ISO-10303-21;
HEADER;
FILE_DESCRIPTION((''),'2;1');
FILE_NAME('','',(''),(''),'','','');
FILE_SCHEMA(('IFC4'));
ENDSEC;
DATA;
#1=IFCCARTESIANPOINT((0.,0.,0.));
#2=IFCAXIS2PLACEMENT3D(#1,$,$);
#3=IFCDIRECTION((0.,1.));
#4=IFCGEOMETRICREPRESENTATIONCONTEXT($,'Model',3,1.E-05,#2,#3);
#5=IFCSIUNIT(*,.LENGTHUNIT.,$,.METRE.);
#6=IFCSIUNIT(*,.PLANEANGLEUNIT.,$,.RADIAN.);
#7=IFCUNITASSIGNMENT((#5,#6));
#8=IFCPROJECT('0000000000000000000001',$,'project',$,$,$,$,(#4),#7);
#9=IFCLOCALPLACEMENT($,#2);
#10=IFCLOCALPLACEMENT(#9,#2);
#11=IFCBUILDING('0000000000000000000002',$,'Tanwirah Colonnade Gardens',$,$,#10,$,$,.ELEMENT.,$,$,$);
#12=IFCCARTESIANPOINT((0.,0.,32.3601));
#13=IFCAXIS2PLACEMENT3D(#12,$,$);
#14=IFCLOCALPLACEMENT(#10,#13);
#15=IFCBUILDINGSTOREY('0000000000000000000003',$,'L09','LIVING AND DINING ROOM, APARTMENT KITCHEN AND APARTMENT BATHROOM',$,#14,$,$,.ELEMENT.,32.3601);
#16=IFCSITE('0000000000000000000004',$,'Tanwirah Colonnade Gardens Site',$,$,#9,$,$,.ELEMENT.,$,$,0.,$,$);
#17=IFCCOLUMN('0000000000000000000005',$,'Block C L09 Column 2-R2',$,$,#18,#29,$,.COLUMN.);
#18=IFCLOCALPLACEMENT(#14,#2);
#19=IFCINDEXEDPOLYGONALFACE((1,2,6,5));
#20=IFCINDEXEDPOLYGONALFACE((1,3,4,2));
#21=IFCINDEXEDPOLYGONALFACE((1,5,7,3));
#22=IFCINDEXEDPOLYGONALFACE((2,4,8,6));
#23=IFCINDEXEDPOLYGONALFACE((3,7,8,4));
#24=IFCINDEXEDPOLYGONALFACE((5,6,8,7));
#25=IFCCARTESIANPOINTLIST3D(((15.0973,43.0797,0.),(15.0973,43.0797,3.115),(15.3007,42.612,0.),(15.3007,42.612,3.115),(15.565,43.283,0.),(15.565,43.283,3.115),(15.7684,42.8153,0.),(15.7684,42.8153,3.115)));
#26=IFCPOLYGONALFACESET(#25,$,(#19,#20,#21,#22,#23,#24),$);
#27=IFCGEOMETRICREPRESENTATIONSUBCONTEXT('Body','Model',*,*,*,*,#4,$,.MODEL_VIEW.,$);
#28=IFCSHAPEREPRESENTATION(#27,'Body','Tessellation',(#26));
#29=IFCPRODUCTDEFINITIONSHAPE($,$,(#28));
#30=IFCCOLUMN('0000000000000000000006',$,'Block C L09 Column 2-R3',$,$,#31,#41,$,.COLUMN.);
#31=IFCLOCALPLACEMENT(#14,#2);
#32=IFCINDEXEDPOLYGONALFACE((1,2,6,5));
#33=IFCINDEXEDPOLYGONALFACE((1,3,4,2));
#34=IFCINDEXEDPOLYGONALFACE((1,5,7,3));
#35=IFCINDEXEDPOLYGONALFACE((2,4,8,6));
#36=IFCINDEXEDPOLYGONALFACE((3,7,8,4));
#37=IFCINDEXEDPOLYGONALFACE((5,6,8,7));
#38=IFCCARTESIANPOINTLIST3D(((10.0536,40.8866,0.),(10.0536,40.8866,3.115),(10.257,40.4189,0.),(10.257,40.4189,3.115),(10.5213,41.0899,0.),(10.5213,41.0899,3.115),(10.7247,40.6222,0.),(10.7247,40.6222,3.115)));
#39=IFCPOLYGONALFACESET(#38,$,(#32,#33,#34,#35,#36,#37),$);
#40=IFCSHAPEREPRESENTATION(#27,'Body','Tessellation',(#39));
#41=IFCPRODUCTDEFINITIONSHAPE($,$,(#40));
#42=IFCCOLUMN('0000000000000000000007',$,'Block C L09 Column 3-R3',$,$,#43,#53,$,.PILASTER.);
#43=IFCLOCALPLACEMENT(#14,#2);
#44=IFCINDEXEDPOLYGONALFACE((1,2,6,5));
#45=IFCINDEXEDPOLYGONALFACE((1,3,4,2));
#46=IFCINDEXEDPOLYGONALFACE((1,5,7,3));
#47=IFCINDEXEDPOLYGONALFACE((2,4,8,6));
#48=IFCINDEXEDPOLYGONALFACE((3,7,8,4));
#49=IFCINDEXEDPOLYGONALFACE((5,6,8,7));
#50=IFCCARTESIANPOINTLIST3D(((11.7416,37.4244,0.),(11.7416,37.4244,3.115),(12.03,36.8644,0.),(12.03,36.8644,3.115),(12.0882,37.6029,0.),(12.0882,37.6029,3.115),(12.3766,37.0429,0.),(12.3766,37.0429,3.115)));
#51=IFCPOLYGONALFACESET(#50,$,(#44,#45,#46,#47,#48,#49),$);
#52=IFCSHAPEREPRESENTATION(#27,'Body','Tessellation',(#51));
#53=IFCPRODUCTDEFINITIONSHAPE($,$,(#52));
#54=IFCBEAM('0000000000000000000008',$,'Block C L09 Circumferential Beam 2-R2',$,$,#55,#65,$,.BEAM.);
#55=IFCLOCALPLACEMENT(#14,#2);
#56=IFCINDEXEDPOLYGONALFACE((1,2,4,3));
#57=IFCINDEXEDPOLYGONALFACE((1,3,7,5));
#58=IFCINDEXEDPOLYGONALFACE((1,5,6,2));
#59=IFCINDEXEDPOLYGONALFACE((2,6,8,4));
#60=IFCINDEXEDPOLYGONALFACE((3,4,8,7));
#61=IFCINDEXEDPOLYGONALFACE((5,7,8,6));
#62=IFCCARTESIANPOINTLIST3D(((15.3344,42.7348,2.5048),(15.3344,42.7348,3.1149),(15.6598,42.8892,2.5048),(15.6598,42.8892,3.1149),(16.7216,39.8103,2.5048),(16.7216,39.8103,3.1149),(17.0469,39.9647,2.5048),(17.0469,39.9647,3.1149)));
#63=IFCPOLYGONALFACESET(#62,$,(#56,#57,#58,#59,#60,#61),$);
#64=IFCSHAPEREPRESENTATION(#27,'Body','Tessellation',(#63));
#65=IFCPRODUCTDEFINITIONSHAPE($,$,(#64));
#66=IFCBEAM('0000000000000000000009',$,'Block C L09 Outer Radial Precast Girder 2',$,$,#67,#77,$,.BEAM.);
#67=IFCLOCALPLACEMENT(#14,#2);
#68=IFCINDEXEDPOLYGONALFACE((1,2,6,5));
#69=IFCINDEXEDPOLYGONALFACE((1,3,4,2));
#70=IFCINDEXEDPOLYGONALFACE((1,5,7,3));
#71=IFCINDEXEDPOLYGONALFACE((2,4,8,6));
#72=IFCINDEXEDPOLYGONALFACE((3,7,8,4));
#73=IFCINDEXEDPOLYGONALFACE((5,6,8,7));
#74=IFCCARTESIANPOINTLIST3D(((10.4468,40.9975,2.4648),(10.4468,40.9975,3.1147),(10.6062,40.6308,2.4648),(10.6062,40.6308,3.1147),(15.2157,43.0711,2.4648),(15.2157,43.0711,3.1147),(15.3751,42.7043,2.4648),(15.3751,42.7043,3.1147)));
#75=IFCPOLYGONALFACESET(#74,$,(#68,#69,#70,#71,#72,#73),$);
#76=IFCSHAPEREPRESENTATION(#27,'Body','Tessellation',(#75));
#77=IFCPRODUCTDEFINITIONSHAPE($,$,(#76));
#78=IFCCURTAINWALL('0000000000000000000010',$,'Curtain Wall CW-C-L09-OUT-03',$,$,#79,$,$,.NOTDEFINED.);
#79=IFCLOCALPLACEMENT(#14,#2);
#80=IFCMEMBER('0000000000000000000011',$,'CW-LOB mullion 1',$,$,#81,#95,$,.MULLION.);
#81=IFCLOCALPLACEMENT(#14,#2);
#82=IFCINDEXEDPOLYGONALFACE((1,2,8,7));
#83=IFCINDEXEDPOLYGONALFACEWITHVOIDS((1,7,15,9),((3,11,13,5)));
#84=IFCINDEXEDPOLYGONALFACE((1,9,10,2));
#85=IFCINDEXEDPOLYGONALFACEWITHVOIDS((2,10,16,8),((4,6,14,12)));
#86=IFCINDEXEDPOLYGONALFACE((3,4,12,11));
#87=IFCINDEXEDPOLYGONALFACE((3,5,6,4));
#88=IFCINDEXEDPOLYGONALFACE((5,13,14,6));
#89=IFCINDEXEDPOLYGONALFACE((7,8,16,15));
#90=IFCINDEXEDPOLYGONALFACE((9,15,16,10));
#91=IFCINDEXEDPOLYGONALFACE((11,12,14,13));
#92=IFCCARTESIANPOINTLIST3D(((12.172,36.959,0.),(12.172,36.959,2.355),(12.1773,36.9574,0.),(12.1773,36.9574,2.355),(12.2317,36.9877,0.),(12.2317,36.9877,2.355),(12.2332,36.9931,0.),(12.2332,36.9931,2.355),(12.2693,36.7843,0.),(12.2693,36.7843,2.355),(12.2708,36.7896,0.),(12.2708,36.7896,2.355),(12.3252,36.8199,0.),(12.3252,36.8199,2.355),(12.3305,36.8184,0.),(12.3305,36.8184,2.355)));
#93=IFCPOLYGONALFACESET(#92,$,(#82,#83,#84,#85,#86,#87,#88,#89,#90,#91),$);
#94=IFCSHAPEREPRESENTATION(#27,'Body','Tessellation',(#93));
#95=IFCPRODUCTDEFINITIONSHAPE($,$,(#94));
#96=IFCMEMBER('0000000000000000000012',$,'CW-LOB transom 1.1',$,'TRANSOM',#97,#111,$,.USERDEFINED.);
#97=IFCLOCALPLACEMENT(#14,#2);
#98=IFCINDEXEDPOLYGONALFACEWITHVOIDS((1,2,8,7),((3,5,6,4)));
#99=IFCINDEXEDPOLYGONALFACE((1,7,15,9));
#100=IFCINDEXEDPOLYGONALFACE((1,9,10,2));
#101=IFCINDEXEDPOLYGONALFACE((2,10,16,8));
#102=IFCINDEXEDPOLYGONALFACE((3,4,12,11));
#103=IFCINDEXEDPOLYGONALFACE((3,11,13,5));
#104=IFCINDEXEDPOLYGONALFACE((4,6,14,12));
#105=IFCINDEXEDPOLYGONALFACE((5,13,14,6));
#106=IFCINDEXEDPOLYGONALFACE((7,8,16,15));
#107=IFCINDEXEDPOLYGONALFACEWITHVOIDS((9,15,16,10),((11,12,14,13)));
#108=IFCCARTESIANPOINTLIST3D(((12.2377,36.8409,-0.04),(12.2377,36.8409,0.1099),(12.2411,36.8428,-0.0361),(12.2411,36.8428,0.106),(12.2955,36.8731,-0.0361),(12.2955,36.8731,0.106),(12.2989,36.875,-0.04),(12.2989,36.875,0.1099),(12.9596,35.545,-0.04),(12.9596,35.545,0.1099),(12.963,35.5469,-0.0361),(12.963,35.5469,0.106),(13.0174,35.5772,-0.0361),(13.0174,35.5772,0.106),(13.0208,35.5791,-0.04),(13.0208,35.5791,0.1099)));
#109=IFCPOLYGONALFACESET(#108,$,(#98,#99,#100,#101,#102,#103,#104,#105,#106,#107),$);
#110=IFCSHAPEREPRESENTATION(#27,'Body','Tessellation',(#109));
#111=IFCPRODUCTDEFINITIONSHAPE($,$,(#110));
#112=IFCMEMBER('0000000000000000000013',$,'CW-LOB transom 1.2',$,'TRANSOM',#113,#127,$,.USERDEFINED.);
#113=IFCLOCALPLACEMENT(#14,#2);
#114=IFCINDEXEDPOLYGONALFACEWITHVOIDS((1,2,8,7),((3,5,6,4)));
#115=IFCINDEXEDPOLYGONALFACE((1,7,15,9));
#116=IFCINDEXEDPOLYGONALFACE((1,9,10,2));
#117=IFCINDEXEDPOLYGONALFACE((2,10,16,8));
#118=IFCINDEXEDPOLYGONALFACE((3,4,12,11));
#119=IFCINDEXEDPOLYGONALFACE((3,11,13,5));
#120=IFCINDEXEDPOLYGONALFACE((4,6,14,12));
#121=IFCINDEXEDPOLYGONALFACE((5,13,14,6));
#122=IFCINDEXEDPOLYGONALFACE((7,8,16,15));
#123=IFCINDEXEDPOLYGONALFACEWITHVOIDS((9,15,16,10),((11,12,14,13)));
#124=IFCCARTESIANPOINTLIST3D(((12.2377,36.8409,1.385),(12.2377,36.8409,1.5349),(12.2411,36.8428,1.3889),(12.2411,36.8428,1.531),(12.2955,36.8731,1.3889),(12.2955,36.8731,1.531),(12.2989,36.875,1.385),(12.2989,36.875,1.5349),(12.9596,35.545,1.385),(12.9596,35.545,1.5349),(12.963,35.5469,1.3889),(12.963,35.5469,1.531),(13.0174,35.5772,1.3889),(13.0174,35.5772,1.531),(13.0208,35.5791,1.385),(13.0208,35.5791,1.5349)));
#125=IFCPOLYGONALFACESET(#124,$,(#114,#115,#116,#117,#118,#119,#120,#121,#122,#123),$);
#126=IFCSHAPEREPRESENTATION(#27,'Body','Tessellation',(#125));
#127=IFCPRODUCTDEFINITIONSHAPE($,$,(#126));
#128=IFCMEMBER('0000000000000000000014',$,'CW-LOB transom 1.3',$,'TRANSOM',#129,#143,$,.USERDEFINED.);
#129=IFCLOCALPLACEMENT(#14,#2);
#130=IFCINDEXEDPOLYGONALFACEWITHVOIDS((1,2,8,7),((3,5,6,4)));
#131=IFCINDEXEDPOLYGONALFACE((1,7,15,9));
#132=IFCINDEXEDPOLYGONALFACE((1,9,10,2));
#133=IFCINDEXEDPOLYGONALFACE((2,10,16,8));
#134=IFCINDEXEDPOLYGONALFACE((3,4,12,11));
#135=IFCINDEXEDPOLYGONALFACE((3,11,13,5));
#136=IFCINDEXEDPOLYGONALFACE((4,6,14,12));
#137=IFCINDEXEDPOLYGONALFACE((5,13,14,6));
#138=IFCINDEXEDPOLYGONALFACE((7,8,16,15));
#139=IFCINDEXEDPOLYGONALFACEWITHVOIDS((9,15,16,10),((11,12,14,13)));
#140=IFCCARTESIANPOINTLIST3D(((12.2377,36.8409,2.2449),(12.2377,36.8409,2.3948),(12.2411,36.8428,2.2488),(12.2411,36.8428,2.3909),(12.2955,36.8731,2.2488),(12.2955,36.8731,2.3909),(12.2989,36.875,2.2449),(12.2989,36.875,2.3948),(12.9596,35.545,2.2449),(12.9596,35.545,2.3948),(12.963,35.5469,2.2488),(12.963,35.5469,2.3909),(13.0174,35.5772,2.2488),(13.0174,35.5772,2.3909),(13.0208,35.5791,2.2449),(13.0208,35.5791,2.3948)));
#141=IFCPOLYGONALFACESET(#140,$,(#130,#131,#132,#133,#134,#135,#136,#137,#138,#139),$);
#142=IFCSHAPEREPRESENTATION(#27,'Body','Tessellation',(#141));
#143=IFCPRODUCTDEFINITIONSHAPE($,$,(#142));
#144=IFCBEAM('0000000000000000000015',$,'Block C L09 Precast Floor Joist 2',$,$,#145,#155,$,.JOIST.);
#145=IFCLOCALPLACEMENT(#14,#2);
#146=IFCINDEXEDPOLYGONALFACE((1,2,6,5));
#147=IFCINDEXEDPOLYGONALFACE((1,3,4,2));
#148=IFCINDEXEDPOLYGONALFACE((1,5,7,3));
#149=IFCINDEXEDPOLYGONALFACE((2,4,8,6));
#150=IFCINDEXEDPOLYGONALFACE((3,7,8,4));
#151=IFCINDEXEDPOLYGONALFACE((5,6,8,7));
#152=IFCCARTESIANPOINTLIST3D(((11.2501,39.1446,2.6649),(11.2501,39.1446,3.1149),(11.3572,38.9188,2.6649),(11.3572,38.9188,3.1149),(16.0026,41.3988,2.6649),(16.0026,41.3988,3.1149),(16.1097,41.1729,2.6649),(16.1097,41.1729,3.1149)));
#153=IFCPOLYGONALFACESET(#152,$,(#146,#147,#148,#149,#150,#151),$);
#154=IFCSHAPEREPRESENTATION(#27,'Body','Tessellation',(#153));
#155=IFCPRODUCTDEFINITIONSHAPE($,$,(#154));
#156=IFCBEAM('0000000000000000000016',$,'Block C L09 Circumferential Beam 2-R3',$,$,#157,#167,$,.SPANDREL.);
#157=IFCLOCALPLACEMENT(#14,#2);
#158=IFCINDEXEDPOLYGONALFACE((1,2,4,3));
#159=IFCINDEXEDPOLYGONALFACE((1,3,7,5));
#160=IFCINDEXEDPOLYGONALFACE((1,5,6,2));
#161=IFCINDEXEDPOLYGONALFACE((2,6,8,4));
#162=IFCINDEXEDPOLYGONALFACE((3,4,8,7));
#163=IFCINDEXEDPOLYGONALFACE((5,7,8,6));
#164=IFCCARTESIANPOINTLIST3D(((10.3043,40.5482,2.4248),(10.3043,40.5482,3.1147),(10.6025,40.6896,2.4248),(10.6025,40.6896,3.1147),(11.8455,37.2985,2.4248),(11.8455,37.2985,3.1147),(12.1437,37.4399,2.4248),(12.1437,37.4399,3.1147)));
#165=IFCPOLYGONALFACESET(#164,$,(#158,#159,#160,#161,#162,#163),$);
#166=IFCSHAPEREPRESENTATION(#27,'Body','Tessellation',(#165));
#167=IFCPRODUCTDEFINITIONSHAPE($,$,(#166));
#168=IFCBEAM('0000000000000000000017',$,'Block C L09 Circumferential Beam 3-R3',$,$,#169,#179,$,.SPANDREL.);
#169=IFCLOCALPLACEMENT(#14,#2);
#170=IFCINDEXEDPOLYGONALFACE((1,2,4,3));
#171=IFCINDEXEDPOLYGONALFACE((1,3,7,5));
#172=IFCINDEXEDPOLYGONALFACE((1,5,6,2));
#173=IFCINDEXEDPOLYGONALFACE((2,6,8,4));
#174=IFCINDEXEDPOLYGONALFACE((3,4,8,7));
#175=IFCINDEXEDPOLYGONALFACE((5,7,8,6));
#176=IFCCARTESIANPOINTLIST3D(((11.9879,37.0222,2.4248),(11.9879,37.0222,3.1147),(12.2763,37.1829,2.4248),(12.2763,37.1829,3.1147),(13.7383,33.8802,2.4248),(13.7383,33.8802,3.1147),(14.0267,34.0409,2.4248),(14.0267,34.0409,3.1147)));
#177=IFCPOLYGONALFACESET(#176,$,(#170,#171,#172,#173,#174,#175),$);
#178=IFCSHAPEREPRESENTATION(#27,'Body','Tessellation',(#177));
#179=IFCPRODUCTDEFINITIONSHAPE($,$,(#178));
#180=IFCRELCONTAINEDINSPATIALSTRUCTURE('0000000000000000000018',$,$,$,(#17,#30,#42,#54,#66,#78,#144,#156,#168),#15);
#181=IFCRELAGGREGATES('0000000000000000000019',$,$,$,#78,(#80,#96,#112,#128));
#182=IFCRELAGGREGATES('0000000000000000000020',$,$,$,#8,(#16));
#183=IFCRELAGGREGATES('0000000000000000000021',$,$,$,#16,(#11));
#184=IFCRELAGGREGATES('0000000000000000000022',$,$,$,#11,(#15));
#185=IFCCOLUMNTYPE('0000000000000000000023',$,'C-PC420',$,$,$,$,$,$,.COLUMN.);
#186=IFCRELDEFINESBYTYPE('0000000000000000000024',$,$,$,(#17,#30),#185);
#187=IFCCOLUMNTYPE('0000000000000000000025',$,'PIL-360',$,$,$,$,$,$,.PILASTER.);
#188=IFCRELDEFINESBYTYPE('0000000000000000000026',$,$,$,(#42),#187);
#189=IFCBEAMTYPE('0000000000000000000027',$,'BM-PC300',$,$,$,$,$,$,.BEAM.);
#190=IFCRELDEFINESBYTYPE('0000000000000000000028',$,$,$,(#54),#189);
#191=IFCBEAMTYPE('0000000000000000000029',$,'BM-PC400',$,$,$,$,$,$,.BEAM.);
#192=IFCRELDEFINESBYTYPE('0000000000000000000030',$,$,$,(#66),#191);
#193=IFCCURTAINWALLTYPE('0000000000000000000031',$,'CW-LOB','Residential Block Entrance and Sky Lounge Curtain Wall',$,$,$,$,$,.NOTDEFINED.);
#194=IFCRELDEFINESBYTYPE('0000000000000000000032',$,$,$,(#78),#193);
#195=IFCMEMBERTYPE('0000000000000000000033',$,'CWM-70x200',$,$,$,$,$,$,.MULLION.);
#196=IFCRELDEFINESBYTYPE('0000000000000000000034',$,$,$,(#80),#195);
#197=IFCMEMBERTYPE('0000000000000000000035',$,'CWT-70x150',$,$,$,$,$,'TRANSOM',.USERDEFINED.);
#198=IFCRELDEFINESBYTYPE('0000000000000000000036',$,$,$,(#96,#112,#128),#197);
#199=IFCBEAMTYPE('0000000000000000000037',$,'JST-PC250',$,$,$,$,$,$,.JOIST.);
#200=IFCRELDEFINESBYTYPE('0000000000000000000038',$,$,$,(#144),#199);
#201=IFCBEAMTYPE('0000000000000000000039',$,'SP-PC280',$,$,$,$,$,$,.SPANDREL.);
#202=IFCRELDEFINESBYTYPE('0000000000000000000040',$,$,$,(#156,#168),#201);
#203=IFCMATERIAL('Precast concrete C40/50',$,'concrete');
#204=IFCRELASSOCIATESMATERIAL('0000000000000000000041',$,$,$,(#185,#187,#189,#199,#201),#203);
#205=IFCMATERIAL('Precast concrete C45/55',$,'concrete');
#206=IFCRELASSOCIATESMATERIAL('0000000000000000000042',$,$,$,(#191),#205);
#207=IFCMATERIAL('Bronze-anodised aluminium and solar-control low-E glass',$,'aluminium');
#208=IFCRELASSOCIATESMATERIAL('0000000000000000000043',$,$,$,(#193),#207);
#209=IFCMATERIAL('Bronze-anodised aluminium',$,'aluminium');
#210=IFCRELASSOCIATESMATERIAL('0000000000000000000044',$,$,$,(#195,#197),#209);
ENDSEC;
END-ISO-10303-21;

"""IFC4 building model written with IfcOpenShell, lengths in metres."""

from ifc_helpers import new_model, si_unit, direction, frame, origin, origin_2d, place, context, subcontext, project, spatial, rectangle, hollow_rectangle, extrude, material, material_profile, profile_set, type_object, element, aggregate, save


model = new_model("IFC4")

# Units and contexts
model_context = context("Model", 3, precision=1e-05, world=origin(), true_north=direction((0.0, 1.0)))
body_context = subcontext(model_context, "Body", "Model", "MODEL_VIEW")
ifc_project = project(units=[si_unit("LENGTHUNIT", "METRE"), si_unit("PLANEANGLEUNIT", "RADIAN")], contexts=[model_context])

# Site, building, storey
site_placement = place(None, origin())
site = spatial("IfcSite", under=ifc_project, at=site_placement, Name="Tanwirah Colonnade Gardens Site", CompositionType="ELEMENT", RefElevation=0.0)
building_placement = place(site_placement, origin())
building = spatial("IfcBuilding", under=site, at=building_placement, Name="Tanwirah Colonnade Gardens", CompositionType="ELEMENT")
storey_placement = place(building_placement, frame((0.0, 0.0, 32.3601)))
storey = spatial("IfcBuildingStorey", under=building, at=storey_placement, Name="L09", Description="LIVING AND DINING ROOM, APARTMENT KITCHEN AND APARTMENT BATHROOM", CompositionType="ELEMENT", Elevation=32.3601)

# Columns
ifc_material_1 = material(Name="Precast concrete C40/50", Category="concrete")
ifc_material_profile_1 = material_profile(ifc_material_1, rectangle(XDim=0.51, YDim=0.51, at=origin_2d()), Name="PC-COL 510x510")
ifc_profile_set_1 = profile_set([ifc_material_profile_1], Name="Precast concrete C40/50")
column_type_1 = type_object("IfcColumnType", Name="C-PC420", PredefinedType="COLUMN", material=ifc_profile_set_1)
for number, where, z_axis, x_axis, name in (
    (1, (15.4329, 42.9475, 0.0), (0.0, 0.0, 1.0), (-0.91706, -0.398749, 0.0), "Block C L09 Column 2-R2"),
    (2, (10.3892, 40.7544, 0.0), (0.0, 0.0, 1.0), (-0.91706, -0.398749, 0.0), "Block C L09 Column 2-R3"),
):
    element("IfcColumn", number, at=place(storey_placement, frame(where, z_axis=z_axis, x_axis=x_axis)), inside=storey, type_object=column_type_1, Name=name, PredefinedType="COLUMN", context=body_context, shape_type="SweptSolid", body=[
        extrude(rectangle(XDim=0.51, YDim=0.51, at=origin_2d()), origin(), (0.0, 0.0, 1.0), 3.115),
    ])
ifc_material_profile_2 = material_profile(ifc_material_1, rectangle(XDim=0.3899, YDim=0.6299, at=origin_2d()), Name="PC-PIL 390x630")
ifc_profile_set_2 = profile_set([ifc_material_profile_2], Name="Precast concrete C40/50")
column_type_2 = type_object("IfcColumnType", Name="PIL-360", PredefinedType="PILASTER", material=ifc_profile_set_2)
column_placement = place(storey_placement, frame((12.0591, 37.2336, 0.0), z_axis=(0.0, 0.0, 1.0), x_axis=(-0.889017, -0.457874, 0.0)))
element("IfcColumn", 3, at=column_placement, inside=storey, type_object=column_type_2, Name="Block C L09 Column 3-R3", PredefinedType="PILASTER", context=body_context, shape_type="SweptSolid", body=[
    extrude(rectangle(XDim=0.3899, YDim=0.6299, at=origin_2d()), origin(), (0.0, 0.0, 1.0), 3.115),
])

# Beams
ifc_material_profile_3 = material_profile(ifc_material_1, rectangle(XDim=0.3601, YDim=0.6101, at=origin_2d()), Name="PC-BM 360x610")
ifc_profile_set_3 = profile_set([ifc_material_profile_3], Name="Precast concrete C40/50")
beam_type_1 = type_object("IfcBeamType", Name="BM-PC300", PredefinedType="BEAM", material=ifc_profile_set_3)
beam_1_placement = place(storey_placement, frame((15.4971, 42.812, 2.8098), z_axis=(0.428563, -0.903512, 0.0), x_axis=(0.903512, 0.428563, 0.0)))
element("IfcBeam", 4, at=beam_1_placement, inside=storey, type_object=beam_type_1, Name="Block C L09 Circumferential Beam 2-R2", PredefinedType="BEAM", context=body_context, shape_type="SweptSolid", body=[
    extrude(rectangle(XDim=0.3601, YDim=0.6101, at=origin_2d()), origin(), (0.0, 0.0, 1.0), 3.2368),
])
ifc_material_2 = material(Name="Precast concrete C45/55", Category="concrete")
ifc_material_profile_4 = material_profile(ifc_material_2, rectangle(XDim=0.3999, YDim=0.6499, at=origin_2d()), Name="PC-BM 400x650")
ifc_profile_set_4 = profile_set([ifc_material_profile_4], Name="Precast concrete C45/55")
beam_type_2 = type_object("IfcBeamType", Name="BM-PC400", PredefinedType="BEAM", material=ifc_profile_set_4)
beam_2_placement = place(storey_placement, frame((15.2954, 42.8877, 2.7898), z_axis=(-0.917063, -0.398742, 0.0), x_axis=(0.398742, -0.917063, 0.0)))
element("IfcBeam", 5, at=beam_2_placement, inside=storey, type_object=beam_type_2, Name="Block C L09 Outer Radial Precast Girder 2", PredefinedType="BEAM", context=body_context, shape_type="SweptSolid", body=[
    extrude(rectangle(XDim=0.3999, YDim=0.6499, at=origin_2d()), origin(), (0.0, 0.0, 1.0), 5.2002),
])

# Curtain wall, members
ifc_material_3 = material(Name="Bronze-anodised aluminium and solar-control low-E glass", Category="aluminium")
curtain_wall_type = type_object("IfcCurtainWallType", Name="CW-LOB", Description="Residential Block Entrance and Sky Lounge Curtain Wall", PredefinedType="NOTDEFINED", material=ifc_material_3)
curtain_wall_placement = place(storey_placement, origin())
curtain_wall = element("IfcCurtainWall", 6, at=curtain_wall_placement, inside=storey, type_object=curtain_wall_type, Name="Curtain Wall CW-C-L09-OUT-03", PredefinedType="NOTDEFINED")
ifc_material_4 = material(Name="Bronze-anodised aluminium", Category="aluminium")
ifc_material_profile_5 = material_profile(ifc_material_4, hollow_rectangle(XDim=0.0701, YDim=0.2, WallThickness=0.0039, at=origin_2d()), Name="CW-MUL 70x200x4")
ifc_profile_set_5 = profile_set([ifc_material_profile_5], Name="Bronze-anodised aluminium")
member_type_1 = type_object("IfcMemberType", Name="CWM-70x200", PredefinedType="MULLION", material=ifc_profile_set_5)
member_1_placement = place(storey_placement, frame((12.2512, 36.8887, 0.0), z_axis=(0.0, 0.0, 1.0), x_axis=(0.873561, 0.486715, 0.0)))
member_1 = element("IfcMember", 7, at=member_1_placement, type_object=member_type_1, Name="CW-LOB mullion 1", PredefinedType="MULLION", context=body_context, shape_type="SweptSolid", body=[
    extrude(hollow_rectangle(XDim=0.0701, YDim=0.2, WallThickness=0.0039, at=origin_2d()), origin(), (0.0, 0.0, 1.0), 2.355),
])
ifc_material_profile_6 = material_profile(ifc_material_4, hollow_rectangle(XDim=0.0701, YDim=0.1499, WallThickness=0.0039, at=origin_2d()), Name="CW-TRN 70x150x4")
ifc_profile_set_6 = profile_set([ifc_material_profile_6], Name="Bronze-anodised aluminium")
member_type_2 = type_object("IfcMemberType", Name="CWT-70x150", ElementType="TRANSOM", PredefinedType="USERDEFINED", material=ifc_profile_set_6)
member_2_placement = place(storey_placement, frame((12.2683, 36.8579, 0.0349), z_axis=(0.486663, -0.87359, 0.0), x_axis=(0.87359, 0.486663, 0.0)))
member_2 = element("IfcMember", 8, at=member_2_placement, type_object=member_type_2, Name="CW-LOB transom 1.1", ObjectType="TRANSOM", PredefinedType="USERDEFINED", context=body_context, shape_type="SweptSolid", body=[
    extrude(hollow_rectangle(XDim=0.0701, YDim=0.1499, WallThickness=0.0039, at=origin_2d()), origin(), (0.0, 0.0, 1.0), 1.4834),
])
member_3_placement = place(storey_placement, frame((12.2683, 36.8579, 1.46), z_axis=(0.486663, -0.87359, 0.0), x_axis=(0.87359, 0.486663, 0.0)))
member_3 = element("IfcMember", 9, at=member_3_placement, type_object=member_type_2, Name="CW-LOB transom 1.2", ObjectType="TRANSOM", PredefinedType="USERDEFINED", context=body_context, shape_type="SweptSolid", body=[
    extrude(hollow_rectangle(XDim=0.0701, YDim=0.1499, WallThickness=0.0039, at=origin_2d()), origin(), (0.0, 0.0, 1.0), 1.4834),
])
member_4_placement = place(storey_placement, frame((12.2683, 36.8579, 2.3198), z_axis=(0.486663, -0.87359, 0.0), x_axis=(0.87359, 0.486663, 0.0)))
member_4 = element("IfcMember", 10, at=member_4_placement, type_object=member_type_2, Name="CW-LOB transom 1.3", ObjectType="TRANSOM", PredefinedType="USERDEFINED", context=body_context, shape_type="SweptSolid", body=[
    extrude(hollow_rectangle(XDim=0.0701, YDim=0.1499, WallThickness=0.0039, at=origin_2d()), origin(), (0.0, 0.0, 1.0), 1.4834),
])
aggregate(curtain_wall, [member_1, member_2, member_3, member_4])

# Beams
ifc_material_profile_7 = material_profile(ifc_material_1, rectangle(XDim=0.25, YDim=0.45, at=origin_2d()), Name="PC-JST 250x450")
ifc_profile_set_7 = profile_set([ifc_material_profile_7], Name="Precast concrete C40/50")
beam_type_3 = type_object("IfcBeamType", Name="JST-PC250", PredefinedType="JOIST", material=ifc_profile_set_7)
beam_3_placement = place(storey_placement, frame((16.0562, 41.2859, 2.8899), z_axis=(-0.903518, -0.428551, 0.0), x_axis=(0.428551, -0.903518, 0.0)))
element("IfcBeam", 11, at=beam_3_placement, inside=storey, type_object=beam_type_3, Name="Block C L09 Precast Floor Joist 2", PredefinedType="JOIST", context=body_context, shape_type="SweptSolid", body=[
    extrude(rectangle(XDim=0.25, YDim=0.45, at=origin_2d()), origin(), (0.0, 0.0, 1.0), 5.26),
])
ifc_material_profile_8 = material_profile(ifc_material_1, rectangle(XDim=0.3301, YDim=0.6899, at=origin_2d()), Name="PC-SP 330x690")
ifc_profile_set_8 = profile_set([ifc_material_profile_8], Name="Precast concrete C40/50")
beam_type_4 = type_object("IfcBeamType", Name="SP-PC280", PredefinedType="SPANDREL", material=ifc_profile_set_8)
for number, where, z_axis, x_axis, name in (
    (12, (10.4534, 40.6189, 2.7698), (0.428518, -0.903533, 0.0), (0.903533, 0.428518, 0.0), "Block C L09 Circumferential Beam 2-R3"),
    (13, (12.1321, 37.1025, 2.7698), (0.48668, -0.87358, 0.0), (0.87358, 0.48668, 0.0), "Block C L09 Circumferential Beam 3-R3"),
):
    element("IfcBeam", number, at=place(storey_placement, frame(where, z_axis=z_axis, x_axis=x_axis)), inside=storey, type_object=beam_type_4, Name=name, PredefinedType="SPANDREL", context=body_context, shape_type="SweptSolid", body=[
        extrude(rectangle(XDim=0.3301, YDim=0.6899, at=origin_2d()), origin(), (0.0, 0.0, 1.0), 3.5967),
    ])

save(model, "model.ifc")
